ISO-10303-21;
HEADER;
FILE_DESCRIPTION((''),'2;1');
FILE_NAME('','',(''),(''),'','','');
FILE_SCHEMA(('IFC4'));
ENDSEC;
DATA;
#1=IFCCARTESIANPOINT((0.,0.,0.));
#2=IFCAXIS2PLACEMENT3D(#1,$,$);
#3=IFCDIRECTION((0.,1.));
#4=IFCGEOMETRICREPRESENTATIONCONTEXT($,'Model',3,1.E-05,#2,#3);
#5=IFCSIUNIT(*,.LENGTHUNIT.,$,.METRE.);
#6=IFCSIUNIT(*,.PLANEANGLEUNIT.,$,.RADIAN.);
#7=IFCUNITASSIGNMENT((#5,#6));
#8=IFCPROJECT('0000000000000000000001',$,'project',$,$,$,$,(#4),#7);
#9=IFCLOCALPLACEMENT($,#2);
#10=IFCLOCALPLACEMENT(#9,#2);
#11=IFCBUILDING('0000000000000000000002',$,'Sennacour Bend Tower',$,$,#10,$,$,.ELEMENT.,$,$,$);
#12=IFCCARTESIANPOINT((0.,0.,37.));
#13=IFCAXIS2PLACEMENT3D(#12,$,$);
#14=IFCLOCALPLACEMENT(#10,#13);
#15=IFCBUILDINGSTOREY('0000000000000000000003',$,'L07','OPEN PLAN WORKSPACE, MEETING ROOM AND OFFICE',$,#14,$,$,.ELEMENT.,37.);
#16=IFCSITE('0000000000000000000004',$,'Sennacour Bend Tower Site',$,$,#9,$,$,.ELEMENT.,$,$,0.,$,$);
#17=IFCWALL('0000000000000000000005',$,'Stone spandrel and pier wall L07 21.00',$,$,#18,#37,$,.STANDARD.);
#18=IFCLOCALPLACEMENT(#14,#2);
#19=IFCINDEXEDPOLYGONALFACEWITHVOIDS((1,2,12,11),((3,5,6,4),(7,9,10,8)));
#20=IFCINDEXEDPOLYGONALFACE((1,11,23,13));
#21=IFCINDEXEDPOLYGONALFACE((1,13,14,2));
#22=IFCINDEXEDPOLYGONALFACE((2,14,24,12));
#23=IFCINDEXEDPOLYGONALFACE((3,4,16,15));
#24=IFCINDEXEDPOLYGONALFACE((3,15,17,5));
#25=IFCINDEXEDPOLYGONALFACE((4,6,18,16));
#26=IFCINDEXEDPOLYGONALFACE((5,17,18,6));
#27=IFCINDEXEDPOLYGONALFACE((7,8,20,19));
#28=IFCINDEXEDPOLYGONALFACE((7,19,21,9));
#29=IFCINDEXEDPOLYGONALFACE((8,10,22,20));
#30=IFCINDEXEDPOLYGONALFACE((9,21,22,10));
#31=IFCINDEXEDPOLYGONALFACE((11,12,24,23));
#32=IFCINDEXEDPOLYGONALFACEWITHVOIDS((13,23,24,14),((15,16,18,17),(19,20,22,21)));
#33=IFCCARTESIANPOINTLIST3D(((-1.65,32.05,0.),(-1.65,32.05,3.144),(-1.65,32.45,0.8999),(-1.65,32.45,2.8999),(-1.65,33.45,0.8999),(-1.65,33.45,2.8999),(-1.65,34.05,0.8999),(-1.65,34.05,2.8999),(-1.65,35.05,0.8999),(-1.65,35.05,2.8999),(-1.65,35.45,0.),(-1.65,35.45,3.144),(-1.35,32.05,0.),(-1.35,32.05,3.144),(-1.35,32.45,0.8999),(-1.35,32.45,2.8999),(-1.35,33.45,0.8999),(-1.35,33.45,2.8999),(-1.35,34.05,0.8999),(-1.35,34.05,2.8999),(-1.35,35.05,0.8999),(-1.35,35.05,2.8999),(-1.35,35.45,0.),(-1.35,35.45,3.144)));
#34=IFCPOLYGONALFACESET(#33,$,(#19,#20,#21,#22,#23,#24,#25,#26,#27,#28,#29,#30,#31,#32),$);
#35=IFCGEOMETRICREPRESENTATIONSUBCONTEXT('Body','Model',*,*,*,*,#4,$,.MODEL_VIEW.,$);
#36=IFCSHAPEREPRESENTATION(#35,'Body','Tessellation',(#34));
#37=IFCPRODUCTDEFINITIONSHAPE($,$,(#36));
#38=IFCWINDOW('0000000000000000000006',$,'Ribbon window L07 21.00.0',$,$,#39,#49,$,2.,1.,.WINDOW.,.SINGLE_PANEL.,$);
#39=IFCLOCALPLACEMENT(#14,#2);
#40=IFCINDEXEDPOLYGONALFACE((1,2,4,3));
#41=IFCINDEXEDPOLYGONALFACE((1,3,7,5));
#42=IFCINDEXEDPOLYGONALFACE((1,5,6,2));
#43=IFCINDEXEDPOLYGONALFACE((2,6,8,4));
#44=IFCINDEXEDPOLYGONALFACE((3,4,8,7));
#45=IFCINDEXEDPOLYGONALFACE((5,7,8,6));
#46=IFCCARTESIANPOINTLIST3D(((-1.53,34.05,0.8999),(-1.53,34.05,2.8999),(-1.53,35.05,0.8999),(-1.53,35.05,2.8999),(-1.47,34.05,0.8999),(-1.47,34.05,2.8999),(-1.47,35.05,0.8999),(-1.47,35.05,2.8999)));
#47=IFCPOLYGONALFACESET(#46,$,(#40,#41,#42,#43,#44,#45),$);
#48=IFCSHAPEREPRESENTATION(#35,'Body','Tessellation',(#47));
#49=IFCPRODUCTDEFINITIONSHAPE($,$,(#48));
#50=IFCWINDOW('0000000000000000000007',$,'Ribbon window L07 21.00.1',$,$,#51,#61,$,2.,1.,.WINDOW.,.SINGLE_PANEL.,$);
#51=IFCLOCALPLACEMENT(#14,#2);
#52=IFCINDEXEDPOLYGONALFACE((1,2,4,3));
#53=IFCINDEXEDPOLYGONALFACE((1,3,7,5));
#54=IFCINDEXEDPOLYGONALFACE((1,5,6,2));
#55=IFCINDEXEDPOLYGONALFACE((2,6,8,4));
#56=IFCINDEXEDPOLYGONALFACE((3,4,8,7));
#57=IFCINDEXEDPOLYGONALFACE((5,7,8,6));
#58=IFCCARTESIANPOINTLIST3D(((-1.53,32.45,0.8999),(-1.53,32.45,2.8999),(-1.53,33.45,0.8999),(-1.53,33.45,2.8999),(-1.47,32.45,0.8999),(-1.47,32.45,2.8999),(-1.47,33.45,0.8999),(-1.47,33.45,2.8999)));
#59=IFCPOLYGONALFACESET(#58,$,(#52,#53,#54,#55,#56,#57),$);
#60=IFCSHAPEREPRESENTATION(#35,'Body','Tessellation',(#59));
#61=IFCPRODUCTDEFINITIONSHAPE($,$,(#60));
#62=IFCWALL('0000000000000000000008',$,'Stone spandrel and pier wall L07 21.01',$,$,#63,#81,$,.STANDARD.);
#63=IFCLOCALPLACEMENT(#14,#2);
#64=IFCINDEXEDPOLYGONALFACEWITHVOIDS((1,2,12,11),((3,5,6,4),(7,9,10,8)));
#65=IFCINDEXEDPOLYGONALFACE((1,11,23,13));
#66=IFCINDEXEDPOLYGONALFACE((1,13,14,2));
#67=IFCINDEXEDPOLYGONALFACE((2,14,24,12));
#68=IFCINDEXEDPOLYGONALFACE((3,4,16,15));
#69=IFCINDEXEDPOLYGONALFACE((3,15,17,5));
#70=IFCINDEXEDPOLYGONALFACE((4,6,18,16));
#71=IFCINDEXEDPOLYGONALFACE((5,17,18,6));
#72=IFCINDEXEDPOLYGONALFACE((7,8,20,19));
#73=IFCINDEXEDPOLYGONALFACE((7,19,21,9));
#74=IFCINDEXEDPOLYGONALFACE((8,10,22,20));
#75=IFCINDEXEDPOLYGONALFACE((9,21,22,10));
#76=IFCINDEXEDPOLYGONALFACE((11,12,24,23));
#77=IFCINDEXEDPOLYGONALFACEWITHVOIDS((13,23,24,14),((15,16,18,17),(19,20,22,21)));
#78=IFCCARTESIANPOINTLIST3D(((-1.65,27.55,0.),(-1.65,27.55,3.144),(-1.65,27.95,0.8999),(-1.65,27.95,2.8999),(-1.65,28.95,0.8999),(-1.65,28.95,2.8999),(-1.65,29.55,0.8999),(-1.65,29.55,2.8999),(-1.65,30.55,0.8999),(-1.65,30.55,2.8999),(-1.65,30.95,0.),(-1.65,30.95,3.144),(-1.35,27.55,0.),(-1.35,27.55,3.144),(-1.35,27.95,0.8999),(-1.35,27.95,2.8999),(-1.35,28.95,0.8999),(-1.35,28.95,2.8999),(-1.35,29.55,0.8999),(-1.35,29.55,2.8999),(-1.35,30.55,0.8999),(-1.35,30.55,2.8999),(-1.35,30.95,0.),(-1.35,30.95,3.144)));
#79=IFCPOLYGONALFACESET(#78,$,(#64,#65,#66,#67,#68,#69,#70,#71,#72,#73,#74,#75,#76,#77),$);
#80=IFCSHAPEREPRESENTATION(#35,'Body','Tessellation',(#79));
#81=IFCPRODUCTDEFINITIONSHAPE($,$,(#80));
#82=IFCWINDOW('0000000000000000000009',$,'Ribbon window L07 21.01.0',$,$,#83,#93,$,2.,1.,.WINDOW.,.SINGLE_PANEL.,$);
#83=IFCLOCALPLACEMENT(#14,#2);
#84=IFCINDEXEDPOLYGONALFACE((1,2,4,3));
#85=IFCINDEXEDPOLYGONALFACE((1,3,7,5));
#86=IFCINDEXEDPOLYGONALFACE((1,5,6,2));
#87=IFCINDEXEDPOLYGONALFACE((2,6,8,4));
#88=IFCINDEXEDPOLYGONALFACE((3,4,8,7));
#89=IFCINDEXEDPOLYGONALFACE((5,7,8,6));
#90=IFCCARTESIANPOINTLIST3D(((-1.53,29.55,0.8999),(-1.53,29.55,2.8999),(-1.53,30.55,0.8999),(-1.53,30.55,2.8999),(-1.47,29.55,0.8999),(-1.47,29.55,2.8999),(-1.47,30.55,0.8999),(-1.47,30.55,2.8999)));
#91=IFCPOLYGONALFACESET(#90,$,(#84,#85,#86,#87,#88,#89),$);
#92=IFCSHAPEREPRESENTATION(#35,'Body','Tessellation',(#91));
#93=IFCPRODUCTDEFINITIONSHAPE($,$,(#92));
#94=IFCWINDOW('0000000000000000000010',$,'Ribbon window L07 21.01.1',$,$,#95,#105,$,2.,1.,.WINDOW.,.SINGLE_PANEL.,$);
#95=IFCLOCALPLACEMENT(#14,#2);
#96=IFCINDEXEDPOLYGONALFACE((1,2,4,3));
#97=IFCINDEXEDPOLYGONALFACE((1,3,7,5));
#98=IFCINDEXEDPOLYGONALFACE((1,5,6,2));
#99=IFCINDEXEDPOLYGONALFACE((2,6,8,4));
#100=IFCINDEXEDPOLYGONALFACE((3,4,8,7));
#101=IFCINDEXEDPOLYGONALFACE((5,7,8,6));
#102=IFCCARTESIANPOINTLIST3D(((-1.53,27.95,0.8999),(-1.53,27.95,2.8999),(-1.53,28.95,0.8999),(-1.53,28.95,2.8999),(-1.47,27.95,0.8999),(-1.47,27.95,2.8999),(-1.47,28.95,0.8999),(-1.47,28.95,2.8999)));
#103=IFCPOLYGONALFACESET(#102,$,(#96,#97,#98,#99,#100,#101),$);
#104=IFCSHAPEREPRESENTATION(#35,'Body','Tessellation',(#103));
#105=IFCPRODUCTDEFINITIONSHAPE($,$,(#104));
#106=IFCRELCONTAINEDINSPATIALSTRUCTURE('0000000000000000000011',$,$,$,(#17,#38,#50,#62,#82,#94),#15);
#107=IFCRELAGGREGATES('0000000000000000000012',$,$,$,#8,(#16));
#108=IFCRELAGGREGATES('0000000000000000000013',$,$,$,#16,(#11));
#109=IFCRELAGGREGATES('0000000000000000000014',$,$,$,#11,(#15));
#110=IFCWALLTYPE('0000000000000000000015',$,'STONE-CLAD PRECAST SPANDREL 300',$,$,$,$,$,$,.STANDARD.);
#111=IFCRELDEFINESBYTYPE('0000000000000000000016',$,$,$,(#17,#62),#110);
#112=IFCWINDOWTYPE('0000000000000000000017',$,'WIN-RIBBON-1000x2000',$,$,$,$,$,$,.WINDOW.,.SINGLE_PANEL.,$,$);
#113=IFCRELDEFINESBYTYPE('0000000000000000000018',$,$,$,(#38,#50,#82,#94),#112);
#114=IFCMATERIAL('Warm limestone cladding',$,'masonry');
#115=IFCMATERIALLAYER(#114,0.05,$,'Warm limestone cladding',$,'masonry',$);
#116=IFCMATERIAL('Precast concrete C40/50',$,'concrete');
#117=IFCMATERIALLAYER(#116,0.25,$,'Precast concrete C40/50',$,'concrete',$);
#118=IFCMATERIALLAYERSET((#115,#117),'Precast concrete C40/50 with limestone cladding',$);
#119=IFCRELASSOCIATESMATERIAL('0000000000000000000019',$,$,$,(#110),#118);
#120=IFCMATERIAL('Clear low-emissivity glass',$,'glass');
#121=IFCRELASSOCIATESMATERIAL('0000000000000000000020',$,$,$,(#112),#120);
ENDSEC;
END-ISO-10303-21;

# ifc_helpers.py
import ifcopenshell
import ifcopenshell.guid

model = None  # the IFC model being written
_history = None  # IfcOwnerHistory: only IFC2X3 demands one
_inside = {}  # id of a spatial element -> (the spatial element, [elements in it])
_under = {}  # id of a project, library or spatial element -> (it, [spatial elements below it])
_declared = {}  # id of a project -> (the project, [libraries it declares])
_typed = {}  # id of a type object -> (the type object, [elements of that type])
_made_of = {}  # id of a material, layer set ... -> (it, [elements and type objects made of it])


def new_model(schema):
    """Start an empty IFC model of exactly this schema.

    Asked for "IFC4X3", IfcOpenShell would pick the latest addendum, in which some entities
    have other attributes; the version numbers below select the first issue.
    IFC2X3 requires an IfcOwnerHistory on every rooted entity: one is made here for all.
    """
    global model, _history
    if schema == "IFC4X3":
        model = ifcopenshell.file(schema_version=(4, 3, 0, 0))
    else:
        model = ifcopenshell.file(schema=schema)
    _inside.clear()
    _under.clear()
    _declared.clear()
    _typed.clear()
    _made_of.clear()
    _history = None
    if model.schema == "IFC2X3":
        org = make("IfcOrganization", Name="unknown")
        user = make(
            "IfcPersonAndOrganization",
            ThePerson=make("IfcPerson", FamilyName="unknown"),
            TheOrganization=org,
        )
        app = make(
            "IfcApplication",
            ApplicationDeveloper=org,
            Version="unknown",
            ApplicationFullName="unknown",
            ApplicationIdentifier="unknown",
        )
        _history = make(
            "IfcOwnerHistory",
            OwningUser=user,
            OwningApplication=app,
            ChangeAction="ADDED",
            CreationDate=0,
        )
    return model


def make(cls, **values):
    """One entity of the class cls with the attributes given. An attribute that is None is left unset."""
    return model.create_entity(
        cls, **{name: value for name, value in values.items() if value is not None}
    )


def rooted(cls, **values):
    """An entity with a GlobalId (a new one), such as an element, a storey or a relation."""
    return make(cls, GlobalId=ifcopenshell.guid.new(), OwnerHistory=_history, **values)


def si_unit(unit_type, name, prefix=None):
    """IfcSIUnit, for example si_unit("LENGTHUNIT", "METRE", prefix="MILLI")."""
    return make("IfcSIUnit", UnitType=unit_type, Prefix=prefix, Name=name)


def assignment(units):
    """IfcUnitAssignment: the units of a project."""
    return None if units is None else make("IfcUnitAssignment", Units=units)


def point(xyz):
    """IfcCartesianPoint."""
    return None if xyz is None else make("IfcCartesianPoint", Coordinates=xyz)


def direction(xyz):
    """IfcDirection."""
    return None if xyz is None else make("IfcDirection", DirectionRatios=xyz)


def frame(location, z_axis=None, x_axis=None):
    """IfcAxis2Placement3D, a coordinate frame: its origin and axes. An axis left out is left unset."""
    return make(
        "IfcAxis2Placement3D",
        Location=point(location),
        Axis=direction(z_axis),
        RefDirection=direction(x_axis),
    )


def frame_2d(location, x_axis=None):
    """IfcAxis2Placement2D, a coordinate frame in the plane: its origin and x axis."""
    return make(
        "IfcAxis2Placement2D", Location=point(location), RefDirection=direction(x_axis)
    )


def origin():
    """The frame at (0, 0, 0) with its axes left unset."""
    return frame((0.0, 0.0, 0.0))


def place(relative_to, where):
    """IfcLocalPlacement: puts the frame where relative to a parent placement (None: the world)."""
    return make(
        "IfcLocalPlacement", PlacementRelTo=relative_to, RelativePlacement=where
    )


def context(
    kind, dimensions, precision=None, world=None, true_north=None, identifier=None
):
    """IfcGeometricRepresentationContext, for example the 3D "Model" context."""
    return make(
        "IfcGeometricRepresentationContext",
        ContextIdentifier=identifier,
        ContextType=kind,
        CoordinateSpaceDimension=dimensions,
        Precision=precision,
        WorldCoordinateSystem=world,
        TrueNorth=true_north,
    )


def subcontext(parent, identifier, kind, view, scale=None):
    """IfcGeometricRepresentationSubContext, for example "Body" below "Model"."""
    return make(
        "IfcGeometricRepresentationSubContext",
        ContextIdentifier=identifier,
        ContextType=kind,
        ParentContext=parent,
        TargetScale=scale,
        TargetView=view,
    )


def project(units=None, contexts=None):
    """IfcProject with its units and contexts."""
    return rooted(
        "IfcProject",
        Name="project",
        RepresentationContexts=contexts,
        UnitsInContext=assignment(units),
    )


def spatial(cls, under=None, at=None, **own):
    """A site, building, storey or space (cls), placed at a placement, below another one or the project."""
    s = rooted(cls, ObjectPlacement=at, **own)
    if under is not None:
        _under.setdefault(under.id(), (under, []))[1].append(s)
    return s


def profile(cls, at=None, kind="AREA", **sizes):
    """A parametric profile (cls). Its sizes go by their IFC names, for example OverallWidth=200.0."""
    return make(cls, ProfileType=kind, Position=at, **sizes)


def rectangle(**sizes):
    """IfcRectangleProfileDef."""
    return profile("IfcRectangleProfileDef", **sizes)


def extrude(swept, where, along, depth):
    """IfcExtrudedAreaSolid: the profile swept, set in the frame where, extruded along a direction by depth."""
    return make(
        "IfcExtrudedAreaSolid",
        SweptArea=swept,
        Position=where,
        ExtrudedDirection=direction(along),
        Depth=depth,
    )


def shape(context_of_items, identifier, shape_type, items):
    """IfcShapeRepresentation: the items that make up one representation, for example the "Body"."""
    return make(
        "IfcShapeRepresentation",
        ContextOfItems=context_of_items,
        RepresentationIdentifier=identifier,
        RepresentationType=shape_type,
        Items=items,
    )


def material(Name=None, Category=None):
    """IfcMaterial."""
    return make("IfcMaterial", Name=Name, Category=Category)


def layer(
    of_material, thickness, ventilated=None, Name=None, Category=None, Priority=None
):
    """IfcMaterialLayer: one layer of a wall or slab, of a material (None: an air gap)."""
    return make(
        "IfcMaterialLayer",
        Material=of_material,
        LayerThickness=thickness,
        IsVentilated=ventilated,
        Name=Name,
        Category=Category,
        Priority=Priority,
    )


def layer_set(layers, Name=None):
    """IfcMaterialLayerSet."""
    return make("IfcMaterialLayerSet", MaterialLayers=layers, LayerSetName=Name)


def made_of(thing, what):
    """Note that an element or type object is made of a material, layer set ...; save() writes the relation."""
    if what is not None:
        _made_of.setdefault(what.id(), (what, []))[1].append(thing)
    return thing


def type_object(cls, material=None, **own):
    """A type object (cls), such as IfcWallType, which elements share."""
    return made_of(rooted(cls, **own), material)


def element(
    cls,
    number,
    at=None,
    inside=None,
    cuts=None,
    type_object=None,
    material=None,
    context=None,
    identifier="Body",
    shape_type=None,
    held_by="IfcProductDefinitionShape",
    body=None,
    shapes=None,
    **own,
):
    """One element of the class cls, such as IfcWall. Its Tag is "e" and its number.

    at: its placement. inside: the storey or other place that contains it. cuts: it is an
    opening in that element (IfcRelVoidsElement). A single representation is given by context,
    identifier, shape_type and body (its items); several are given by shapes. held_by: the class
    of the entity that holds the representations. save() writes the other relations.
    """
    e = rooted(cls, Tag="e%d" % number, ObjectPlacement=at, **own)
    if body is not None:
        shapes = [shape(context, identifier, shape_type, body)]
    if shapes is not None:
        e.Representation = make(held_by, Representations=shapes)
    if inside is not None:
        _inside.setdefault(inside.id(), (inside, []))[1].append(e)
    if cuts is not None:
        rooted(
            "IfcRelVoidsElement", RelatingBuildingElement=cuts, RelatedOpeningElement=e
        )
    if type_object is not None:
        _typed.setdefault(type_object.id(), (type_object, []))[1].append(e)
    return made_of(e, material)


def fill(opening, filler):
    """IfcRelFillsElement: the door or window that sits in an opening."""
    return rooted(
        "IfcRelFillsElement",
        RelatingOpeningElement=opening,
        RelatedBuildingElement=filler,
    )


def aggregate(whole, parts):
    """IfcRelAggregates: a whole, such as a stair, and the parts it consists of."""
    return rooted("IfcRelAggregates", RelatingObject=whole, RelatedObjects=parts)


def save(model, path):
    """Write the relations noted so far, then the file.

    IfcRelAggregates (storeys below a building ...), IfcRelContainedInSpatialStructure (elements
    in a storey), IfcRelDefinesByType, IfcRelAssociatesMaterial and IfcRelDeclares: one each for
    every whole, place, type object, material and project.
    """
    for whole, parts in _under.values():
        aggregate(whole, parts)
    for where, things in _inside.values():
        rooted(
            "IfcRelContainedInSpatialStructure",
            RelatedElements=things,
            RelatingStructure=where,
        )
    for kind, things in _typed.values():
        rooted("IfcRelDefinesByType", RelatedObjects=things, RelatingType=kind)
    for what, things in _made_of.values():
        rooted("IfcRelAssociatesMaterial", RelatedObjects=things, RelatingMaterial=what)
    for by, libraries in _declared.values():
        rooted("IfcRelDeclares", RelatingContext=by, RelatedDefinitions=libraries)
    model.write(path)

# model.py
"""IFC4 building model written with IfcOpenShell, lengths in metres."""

from ifc_helpers import new_model, si_unit, direction, frame, frame_2d, origin, place, context, subcontext, project, spatial, rectangle, extrude, material, layer, layer_set, type_object, element, fill, save


model = new_model("IFC4")

# Units and contexts
model_context = context("Model", 3, precision=1e-05, world=origin(), true_north=direction((0.0, 1.0)))
body_context = subcontext(model_context, "Body", "Model", "MODEL_VIEW")
ifc_project = project(units=[si_unit("LENGTHUNIT", "METRE"), si_unit("PLANEANGLEUNIT", "RADIAN")], contexts=[model_context])

# Site, building, storey
site_placement = place(None, origin())
site = spatial("IfcSite", under=ifc_project, at=site_placement, Name="Sennacour Bend Tower Site", CompositionType="ELEMENT", RefElevation=0.0)
building_placement = place(site_placement, origin())
building = spatial("IfcBuilding", under=site, at=building_placement, Name="Sennacour Bend Tower", CompositionType="ELEMENT")
storey_placement = place(building_placement, frame((0.0, 0.0, 37.0)))
storey = spatial("IfcBuildingStorey", under=building, at=storey_placement, Name="L07", Description="OPEN PLAN WORKSPACE, MEETING ROOM AND OFFICE", CompositionType="ELEMENT", Elevation=37.0)

# Shared definitions
ifc_material_1 = material(Name="Warm limestone cladding", Category="masonry")
ifc_layer_1 = layer(ifc_material_1, 0.05, Name="Warm limestone cladding", Category="masonry")
ifc_material_2 = material(Name="Precast concrete C40/50", Category="concrete")
ifc_layer_2 = layer(ifc_material_2, 0.25, Name="Precast concrete C40/50", Category="concrete")
ifc_layer_set_1 = layer_set([ifc_layer_1, ifc_layer_2], Name="Precast concrete C40/50 with limestone cladding")
wall_type_1 = type_object("IfcWallType", Name="STONE-CLAD PRECAST SPANDREL 300", PredefinedType="STANDARD", material=ifc_layer_set_1)

# Walls, openings, windows
wall_1_placement = place(storey_placement, frame((-1.5, 35.45, 0.0), z_axis=(0.0, 0.0, 1.0), x_axis=(0.0, -1.0, 0.0)))
wall_1 = element("IfcWall", 1, at=wall_1_placement, inside=storey, type_object=wall_type_1, Name="Stone spandrel and pier wall L07 21.00", PredefinedType="STANDARD", context=body_context, shape_type="SweptSolid", body=[
    extrude(rectangle(XDim=3.3999, YDim=0.3, at=frame_2d((1.7, 0.0))), origin(), (0.0, 0.0, 1.0), 3.144),
])
opening_1_placement = place(wall_1_placement, frame((0.3999, 0.0, 0.8999)))
opening_1 = element("IfcOpeningElement", 2, at=opening_1_placement, cuts=wall_1, PredefinedType="OPENING", context=body_context, shape_type="SweptSolid", body=[
    extrude(rectangle(XDim=1.0, YDim=2.0, at=frame_2d((0.5, 1.0))), frame((0.0, 0.1602, 0.0), z_axis=(0.0, -1.0, 0.0), x_axis=(1.0, 0.0, 0.0)), (0.0, 0.0, 1.0), 0.3201),
])
opening_2_placement = place(wall_1_placement, frame((2.0, 0.0, 0.8999)))
opening_2 = element("IfcOpeningElement", 3, at=opening_2_placement, cuts=wall_1, PredefinedType="OPENING", context=body_context, shape_type="SweptSolid", body=[
    extrude(rectangle(XDim=1.0, YDim=2.0, at=frame_2d((0.5, 1.0))), frame((0.0, 0.1602, 0.0), z_axis=(0.0, -1.0, 0.0), x_axis=(1.0, 0.0, 0.0)), (0.0, 0.0, 1.0), 0.3201),
])
ifc_material_3 = material(Name="Clear low-emissivity glass", Category="glass")
window_type = type_object("IfcWindowType", Name="WIN-RIBBON-1000x2000", PartitioningType="SINGLE_PANEL", PredefinedType="WINDOW", material=ifc_material_3)
window_1_placement = place(opening_1_placement, origin())
window_1 = element("IfcWindow", 4, at=window_1_placement, inside=storey, type_object=window_type, Name="Ribbon window L07 21.00.0", OverallHeight=2.0, OverallWidth=1.0, PartitioningType="SINGLE_PANEL", PredefinedType="WINDOW", context=body_context, shape_type="SweptSolid", body=[
    extrude(rectangle(XDim=1.0, YDim=2.0, at=frame_2d((0.5, 1.0))), frame((0.0, 0.03, 0.0), z_axis=(0.0, -1.0, 0.0), x_axis=(1.0, 0.0, 0.0)), (0.0, 0.0, 1.0), 0.0601),
])
fill(opening_1, window_1)
window_2_placement = place(opening_2_placement, origin())
window_2 = element("IfcWindow", 5, at=window_2_placement, inside=storey, type_object=window_type, Name="Ribbon window L07 21.00.1", OverallHeight=2.0, OverallWidth=1.0, PartitioningType="SINGLE_PANEL", PredefinedType="WINDOW", context=body_context, shape_type="SweptSolid", body=[
    extrude(rectangle(XDim=1.0, YDim=2.0, at=frame_2d((0.5, 1.0))), frame((0.0, 0.03, 0.0), z_axis=(0.0, -1.0, 0.0), x_axis=(1.0, 0.0, 0.0)), (0.0, 0.0, 1.0), 0.0601),
])
fill(opening_2, window_2)
wall_2_placement = place(storey_placement, frame((-1.5, 30.95, 0.0), z_axis=(0.0, 0.0, 1.0), x_axis=(0.0, -1.0, 0.0)))
wall_2 = element("IfcWall", 6, at=wall_2_placement, inside=storey, type_object=wall_type_1, Name="Stone spandrel and pier wall L07 21.01", PredefinedType="STANDARD", context=body_context, shape_type="SweptSolid", body=[
    extrude(rectangle(XDim=3.3999, YDim=0.3, at=frame_2d((1.7, 0.0))), origin(), (0.0, 0.0, 1.0), 3.144),
])
opening_3_placement = place(wall_2_placement, frame((0.3999, 0.0, 0.8999)))
opening_3 = element("IfcOpeningElement", 7, at=opening_3_placement, cuts=wall_2, PredefinedType="OPENING", context=body_context, shape_type="SweptSolid", body=[
    extrude(rectangle(XDim=1.0, YDim=2.0, at=frame_2d((0.5, 1.0))), frame((0.0, 0.1602, 0.0), z_axis=(0.0, -1.0, 0.0), x_axis=(1.0, 0.0, 0.0)), (0.0, 0.0, 1.0), 0.3201),
])
opening_4_placement = place(wall_2_placement, frame((2.0, 0.0, 0.8999)))
opening_4 = element("IfcOpeningElement", 8, at=opening_4_placement, cuts=wall_2, PredefinedType="OPENING", context=body_context, shape_type="SweptSolid", body=[
    extrude(rectangle(XDim=1.0, YDim=2.0, at=frame_2d((0.5, 1.0))), frame((0.0, 0.1602, 0.0), z_axis=(0.0, -1.0, 0.0), x_axis=(1.0, 0.0, 0.0)), (0.0, 0.0, 1.0), 0.3201),
])
window_3_placement = place(opening_3_placement, origin())
window_3 = element("IfcWindow", 9, at=window_3_placement, inside=storey, type_object=window_type, Name="Ribbon window L07 21.01.0", OverallHeight=2.0, OverallWidth=1.0, PartitioningType="SINGLE_PANEL", PredefinedType="WINDOW", context=body_context, shape_type="SweptSolid", body=[
    extrude(rectangle(XDim=1.0, YDim=2.0, at=frame_2d((0.5, 1.0))), frame((0.0, 0.03, 0.0), z_axis=(0.0, -1.0, 0.0), x_axis=(1.0, 0.0, 0.0)), (0.0, 0.0, 1.0), 0.0601),
])
fill(opening_3, window_3)
window_4_placement = place(opening_4_placement, origin())
window_4 = element("IfcWindow", 10, at=window_4_placement, inside=storey, type_object=window_type, Name="Ribbon window L07 21.01.1", OverallHeight=2.0, OverallWidth=1.0, PartitioningType="SINGLE_PANEL", PredefinedType="WINDOW", context=body_context, shape_type="SweptSolid", body=[
    extrude(rectangle(XDim=1.0, YDim=2.0, at=frame_2d((0.5, 1.0))), frame((0.0, 0.03, 0.0), z_axis=(0.0, -1.0, 0.0), x_axis=(1.0, 0.0, 0.0)), (0.0, 0.0, 1.0), 0.0601),
])
fill(opening_4, window_4)

save(model, "model.ifc")
